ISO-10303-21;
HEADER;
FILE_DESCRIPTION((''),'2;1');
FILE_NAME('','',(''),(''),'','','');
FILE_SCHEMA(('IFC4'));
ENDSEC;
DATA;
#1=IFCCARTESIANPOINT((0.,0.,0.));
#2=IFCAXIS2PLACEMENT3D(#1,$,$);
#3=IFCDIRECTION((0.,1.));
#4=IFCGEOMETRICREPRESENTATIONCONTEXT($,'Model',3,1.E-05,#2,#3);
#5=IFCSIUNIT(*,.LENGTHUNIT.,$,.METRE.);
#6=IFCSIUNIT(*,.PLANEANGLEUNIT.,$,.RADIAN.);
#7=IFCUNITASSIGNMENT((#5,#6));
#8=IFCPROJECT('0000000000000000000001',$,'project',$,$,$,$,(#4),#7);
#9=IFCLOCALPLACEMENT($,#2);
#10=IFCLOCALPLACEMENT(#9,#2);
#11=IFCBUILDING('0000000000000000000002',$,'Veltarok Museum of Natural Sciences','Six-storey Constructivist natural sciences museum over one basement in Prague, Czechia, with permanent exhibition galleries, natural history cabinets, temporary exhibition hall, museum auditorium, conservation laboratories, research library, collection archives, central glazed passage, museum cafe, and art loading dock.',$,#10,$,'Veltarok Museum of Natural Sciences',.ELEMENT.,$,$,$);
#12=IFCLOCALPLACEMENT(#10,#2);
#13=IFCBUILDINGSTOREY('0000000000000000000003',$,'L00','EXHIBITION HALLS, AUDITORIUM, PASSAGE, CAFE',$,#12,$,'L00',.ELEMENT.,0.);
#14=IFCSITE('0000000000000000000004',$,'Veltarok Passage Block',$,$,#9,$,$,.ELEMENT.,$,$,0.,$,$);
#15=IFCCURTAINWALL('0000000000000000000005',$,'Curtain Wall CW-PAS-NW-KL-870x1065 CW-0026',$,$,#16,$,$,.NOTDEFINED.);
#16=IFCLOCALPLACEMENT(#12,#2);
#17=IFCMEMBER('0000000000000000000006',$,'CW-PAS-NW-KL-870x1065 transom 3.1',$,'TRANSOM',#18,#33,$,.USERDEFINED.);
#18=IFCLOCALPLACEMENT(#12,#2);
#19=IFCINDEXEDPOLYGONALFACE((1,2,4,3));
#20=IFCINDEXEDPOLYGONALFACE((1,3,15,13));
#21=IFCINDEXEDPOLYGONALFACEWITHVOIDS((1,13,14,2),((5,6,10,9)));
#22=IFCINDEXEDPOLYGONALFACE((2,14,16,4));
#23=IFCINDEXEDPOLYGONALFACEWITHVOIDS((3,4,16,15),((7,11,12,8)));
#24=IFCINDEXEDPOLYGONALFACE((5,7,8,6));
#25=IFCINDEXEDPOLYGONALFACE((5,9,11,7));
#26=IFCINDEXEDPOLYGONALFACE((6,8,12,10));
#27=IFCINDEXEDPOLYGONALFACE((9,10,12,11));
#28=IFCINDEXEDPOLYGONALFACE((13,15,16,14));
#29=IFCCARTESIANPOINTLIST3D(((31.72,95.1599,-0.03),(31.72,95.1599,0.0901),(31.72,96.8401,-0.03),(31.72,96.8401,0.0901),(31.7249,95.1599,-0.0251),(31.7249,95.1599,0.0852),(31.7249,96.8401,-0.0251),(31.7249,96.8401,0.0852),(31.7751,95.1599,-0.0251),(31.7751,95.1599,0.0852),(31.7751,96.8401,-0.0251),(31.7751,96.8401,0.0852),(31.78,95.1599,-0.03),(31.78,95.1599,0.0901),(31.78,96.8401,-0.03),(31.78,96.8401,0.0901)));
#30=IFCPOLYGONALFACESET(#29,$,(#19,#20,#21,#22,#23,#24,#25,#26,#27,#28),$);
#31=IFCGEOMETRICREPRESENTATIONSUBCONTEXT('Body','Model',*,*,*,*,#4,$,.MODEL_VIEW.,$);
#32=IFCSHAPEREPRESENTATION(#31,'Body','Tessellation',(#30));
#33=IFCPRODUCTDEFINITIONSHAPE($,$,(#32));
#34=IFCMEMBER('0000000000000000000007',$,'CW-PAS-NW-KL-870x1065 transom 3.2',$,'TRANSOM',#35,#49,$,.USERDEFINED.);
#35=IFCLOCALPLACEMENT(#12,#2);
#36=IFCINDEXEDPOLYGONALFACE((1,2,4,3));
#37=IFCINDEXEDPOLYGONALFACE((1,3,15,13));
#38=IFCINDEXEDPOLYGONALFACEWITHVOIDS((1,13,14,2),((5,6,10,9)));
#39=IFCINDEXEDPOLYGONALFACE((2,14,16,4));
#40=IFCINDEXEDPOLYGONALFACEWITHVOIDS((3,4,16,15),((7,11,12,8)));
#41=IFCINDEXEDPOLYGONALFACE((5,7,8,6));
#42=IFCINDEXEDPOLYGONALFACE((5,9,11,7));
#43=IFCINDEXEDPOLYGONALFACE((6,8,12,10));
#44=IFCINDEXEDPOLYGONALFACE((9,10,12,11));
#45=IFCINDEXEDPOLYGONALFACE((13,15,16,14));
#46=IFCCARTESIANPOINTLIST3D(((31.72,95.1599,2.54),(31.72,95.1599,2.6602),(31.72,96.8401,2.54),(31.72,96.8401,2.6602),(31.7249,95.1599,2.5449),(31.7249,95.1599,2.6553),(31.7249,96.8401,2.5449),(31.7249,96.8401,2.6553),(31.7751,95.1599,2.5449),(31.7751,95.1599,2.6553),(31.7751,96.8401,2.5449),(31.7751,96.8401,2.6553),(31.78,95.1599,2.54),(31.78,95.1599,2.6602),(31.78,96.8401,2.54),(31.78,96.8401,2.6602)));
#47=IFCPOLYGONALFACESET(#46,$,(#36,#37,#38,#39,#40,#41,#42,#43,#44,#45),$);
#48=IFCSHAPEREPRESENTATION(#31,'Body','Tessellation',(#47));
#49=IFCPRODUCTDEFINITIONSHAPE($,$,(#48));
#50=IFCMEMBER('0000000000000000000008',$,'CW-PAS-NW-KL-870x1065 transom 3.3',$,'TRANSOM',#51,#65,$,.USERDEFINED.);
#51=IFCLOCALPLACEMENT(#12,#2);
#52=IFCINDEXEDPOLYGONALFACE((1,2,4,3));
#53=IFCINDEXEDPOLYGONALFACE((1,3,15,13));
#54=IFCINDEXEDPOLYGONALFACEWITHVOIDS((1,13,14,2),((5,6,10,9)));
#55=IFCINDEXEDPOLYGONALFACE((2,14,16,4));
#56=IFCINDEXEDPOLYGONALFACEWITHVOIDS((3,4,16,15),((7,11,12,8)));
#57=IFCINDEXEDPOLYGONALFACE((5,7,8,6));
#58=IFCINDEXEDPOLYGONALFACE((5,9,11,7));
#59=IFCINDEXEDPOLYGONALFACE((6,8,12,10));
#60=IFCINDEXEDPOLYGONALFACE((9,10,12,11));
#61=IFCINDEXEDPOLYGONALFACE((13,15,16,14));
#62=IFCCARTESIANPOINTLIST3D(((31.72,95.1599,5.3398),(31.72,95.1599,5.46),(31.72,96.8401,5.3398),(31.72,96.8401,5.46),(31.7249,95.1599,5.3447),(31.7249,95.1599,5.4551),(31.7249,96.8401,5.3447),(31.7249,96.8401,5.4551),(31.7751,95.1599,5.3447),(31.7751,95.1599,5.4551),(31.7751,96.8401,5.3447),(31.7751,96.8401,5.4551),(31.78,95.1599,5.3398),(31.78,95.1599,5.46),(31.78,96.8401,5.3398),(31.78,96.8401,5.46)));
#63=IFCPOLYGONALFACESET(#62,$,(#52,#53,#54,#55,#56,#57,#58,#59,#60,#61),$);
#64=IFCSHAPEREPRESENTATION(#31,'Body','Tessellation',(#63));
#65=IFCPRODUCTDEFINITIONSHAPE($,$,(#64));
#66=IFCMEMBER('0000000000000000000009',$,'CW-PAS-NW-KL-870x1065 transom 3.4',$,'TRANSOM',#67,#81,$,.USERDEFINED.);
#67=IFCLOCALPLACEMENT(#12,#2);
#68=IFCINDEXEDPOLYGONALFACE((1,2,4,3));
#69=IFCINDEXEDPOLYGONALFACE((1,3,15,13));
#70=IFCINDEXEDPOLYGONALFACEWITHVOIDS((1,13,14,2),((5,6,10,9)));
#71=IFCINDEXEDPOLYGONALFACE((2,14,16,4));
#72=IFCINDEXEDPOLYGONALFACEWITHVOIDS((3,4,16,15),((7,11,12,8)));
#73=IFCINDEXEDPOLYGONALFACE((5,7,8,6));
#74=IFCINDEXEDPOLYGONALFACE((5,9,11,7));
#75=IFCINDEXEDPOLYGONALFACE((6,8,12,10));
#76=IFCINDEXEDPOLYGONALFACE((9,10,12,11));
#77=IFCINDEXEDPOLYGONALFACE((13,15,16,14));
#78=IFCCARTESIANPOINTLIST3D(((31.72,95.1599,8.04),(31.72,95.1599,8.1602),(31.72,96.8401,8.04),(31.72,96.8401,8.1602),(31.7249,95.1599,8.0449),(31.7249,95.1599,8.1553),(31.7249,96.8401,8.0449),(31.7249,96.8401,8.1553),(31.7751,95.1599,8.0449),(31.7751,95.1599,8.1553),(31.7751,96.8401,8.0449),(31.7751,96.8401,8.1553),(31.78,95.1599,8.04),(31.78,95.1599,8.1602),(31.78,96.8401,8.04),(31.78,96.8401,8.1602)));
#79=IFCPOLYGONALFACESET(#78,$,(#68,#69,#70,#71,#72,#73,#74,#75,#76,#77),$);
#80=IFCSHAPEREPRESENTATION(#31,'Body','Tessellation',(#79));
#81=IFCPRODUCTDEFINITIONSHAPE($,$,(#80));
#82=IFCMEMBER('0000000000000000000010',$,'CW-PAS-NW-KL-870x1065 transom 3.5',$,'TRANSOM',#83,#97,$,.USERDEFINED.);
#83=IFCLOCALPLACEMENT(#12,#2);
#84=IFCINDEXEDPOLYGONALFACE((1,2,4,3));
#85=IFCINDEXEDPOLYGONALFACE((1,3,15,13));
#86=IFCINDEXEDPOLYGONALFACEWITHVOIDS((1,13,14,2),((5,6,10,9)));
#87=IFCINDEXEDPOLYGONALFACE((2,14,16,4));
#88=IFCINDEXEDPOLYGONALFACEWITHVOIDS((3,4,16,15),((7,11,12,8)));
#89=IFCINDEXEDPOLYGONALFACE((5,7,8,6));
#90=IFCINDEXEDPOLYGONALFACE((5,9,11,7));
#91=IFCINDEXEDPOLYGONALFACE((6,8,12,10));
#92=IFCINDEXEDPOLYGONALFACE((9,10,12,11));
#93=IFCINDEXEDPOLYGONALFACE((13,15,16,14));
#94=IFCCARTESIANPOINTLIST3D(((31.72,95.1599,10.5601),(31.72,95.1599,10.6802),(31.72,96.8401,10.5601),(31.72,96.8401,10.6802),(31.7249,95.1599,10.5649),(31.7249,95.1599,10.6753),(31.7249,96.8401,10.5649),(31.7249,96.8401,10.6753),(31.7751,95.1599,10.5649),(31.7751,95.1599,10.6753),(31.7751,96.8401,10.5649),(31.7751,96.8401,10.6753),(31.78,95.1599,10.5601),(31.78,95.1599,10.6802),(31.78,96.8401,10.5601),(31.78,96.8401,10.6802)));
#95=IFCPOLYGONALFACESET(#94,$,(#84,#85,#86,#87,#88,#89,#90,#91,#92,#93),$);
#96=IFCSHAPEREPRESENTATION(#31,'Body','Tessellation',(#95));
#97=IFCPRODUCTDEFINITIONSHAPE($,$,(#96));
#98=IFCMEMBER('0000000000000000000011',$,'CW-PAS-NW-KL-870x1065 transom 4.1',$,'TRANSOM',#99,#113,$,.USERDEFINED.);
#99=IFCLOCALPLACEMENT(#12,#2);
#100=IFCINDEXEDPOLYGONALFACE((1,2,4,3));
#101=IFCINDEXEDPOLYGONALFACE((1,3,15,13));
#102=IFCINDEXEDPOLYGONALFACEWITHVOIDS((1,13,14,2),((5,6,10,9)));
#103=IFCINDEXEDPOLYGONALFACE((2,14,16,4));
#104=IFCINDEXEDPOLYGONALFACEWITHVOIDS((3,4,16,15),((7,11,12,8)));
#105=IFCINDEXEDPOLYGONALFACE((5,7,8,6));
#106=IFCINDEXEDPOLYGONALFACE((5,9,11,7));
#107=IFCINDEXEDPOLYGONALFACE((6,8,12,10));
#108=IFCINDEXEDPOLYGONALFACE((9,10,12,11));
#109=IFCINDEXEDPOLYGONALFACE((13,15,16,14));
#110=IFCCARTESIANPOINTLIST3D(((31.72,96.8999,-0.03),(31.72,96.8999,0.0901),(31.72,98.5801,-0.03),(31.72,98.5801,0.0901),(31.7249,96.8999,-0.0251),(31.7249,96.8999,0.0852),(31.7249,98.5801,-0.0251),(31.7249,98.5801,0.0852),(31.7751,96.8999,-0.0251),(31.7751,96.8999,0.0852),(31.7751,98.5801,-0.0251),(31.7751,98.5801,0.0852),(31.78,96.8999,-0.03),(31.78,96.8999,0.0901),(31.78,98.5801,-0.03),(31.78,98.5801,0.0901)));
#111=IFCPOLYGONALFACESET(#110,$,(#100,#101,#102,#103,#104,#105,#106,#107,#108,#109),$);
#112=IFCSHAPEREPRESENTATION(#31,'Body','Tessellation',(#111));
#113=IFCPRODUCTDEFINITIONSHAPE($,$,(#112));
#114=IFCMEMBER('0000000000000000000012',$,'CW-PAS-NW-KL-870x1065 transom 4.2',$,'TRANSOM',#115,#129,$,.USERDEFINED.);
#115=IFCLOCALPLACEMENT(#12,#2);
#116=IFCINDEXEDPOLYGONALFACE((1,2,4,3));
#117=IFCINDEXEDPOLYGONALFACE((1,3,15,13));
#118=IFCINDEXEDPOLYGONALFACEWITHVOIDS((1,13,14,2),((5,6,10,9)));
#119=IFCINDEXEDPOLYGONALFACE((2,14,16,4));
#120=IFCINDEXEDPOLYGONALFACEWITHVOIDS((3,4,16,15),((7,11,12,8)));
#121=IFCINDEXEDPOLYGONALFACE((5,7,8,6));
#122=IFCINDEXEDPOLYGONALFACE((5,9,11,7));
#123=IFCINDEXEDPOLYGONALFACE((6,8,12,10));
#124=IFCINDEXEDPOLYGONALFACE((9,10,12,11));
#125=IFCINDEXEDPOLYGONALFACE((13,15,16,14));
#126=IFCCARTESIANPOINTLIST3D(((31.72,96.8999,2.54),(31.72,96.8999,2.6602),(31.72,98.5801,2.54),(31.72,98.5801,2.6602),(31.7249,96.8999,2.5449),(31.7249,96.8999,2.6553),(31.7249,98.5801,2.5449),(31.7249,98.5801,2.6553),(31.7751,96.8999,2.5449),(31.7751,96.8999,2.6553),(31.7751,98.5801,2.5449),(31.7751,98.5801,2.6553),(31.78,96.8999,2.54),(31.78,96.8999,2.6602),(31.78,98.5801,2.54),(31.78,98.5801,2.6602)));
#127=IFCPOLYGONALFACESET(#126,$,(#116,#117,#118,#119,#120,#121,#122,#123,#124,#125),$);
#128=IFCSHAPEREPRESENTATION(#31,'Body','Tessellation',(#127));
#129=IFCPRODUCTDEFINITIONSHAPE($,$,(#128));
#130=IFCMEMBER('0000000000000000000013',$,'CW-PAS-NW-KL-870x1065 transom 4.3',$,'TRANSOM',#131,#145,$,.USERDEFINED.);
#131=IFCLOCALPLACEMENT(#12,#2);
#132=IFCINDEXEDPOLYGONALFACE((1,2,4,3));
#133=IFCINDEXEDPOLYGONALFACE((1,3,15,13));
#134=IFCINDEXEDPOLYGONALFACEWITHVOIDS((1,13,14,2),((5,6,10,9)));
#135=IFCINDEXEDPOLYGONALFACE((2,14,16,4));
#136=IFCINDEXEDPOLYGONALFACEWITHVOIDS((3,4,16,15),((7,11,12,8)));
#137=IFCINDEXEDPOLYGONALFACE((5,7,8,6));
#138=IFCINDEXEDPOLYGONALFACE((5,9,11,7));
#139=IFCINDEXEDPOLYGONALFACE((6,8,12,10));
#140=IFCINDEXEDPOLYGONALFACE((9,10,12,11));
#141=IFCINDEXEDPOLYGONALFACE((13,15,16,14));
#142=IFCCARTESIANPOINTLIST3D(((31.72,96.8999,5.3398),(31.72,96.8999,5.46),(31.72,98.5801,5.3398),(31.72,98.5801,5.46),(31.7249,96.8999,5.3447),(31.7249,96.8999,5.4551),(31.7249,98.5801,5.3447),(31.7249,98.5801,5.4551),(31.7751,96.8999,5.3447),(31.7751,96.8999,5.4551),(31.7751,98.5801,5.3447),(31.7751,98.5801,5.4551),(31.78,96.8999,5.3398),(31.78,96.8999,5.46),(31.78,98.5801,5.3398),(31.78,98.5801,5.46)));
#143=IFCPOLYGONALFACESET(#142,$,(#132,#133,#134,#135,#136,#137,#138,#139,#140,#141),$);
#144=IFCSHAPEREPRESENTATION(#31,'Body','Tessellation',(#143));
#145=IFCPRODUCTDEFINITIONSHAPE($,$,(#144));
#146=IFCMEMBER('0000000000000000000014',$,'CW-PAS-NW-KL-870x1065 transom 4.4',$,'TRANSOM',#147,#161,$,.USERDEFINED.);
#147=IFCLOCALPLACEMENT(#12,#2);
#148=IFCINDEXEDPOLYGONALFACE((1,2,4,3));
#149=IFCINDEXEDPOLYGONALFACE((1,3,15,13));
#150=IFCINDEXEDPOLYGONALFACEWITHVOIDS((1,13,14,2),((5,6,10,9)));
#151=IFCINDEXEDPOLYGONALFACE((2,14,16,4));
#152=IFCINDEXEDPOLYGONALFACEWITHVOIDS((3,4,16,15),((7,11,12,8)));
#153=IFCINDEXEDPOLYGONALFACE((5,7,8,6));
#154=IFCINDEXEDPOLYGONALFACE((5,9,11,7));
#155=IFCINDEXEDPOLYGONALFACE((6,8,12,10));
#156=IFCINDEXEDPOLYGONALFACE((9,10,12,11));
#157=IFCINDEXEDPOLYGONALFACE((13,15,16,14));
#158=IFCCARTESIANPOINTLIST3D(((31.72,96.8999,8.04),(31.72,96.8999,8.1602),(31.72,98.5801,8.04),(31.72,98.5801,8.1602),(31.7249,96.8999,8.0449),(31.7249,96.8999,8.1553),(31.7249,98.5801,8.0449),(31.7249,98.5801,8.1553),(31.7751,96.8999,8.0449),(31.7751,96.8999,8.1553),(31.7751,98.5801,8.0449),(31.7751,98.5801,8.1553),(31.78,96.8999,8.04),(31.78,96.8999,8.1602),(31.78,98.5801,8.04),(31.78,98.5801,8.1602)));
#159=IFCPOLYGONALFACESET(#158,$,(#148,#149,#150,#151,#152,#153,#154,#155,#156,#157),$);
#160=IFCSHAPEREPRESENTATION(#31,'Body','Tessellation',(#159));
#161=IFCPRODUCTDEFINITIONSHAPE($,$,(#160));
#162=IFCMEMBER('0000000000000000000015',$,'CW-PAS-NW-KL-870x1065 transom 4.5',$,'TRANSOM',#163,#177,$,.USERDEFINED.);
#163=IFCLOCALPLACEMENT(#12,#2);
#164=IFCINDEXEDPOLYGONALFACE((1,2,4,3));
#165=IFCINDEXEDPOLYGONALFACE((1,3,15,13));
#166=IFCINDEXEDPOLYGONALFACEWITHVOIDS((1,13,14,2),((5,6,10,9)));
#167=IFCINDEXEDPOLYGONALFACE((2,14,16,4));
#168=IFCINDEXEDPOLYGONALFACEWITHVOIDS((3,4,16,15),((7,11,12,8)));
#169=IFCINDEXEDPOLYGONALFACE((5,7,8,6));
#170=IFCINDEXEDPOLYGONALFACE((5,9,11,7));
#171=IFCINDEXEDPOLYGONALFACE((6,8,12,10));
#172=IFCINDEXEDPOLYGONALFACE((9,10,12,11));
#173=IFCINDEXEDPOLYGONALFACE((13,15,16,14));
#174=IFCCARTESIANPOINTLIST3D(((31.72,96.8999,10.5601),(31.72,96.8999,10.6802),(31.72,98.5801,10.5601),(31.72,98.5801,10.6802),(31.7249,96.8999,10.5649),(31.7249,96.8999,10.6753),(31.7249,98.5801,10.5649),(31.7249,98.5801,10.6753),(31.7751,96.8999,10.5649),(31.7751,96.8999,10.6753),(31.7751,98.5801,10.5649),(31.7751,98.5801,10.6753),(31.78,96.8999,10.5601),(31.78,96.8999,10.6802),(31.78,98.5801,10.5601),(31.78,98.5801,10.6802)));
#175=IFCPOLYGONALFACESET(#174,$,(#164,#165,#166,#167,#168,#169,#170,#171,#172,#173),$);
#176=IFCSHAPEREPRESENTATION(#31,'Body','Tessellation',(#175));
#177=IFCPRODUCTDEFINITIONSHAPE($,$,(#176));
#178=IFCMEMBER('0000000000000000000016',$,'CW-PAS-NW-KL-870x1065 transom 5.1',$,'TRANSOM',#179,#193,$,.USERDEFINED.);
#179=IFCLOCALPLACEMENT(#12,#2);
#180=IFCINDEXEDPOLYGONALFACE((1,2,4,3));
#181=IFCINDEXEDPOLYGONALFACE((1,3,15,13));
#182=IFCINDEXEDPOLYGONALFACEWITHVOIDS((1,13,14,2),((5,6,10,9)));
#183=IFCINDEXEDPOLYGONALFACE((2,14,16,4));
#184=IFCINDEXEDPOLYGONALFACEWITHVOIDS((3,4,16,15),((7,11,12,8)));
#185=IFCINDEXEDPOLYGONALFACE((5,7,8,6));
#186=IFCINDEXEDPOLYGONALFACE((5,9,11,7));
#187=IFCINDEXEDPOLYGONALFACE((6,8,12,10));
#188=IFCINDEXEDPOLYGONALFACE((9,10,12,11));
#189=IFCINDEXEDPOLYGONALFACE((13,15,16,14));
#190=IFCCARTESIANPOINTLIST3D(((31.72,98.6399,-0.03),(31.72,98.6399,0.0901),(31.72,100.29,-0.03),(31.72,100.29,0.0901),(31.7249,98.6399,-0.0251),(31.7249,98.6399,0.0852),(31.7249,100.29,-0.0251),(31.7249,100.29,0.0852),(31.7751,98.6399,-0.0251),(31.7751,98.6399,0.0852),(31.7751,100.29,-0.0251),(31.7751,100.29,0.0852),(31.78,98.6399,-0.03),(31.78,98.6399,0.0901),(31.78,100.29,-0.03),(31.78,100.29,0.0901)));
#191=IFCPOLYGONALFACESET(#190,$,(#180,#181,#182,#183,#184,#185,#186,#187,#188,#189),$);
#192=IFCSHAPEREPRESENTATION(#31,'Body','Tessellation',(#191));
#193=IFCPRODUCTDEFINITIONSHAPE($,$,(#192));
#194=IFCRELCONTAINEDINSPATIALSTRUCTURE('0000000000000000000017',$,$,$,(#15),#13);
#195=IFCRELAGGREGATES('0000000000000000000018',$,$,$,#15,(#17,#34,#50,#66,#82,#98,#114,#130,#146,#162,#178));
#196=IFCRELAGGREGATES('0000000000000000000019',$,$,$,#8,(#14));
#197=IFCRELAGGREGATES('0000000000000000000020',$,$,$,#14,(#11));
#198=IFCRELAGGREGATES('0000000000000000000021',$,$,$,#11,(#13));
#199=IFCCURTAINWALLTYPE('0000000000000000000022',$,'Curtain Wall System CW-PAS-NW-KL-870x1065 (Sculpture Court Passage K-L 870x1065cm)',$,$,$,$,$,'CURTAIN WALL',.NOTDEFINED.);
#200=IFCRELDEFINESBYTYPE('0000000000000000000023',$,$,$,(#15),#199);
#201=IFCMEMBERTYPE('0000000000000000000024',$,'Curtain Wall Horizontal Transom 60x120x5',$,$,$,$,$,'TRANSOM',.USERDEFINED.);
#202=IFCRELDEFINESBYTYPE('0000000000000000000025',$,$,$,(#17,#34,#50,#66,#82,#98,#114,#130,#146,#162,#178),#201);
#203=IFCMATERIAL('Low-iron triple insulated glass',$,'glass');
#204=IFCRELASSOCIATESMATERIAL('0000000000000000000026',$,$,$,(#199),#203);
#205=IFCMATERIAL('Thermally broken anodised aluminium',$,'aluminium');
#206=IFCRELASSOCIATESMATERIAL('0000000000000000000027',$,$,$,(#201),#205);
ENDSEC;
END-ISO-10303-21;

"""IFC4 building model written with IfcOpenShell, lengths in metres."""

from ifc_helpers import new_model, si_unit, direction, frame, origin, origin_2d, place, context, subcontext, project, spatial, hollow_rectangle, extrude, material, material_profile, profile_set, type_object, element, aggregate, save


model = new_model("IFC4")

# Units and contexts
model_context = context("Model", 3, precision=1e-05, world=origin(), true_north=direction((0.0, 1.0)))
body_context = subcontext(model_context, "Body", "Model", "MODEL_VIEW")
ifc_project = project(units=[si_unit("LENGTHUNIT", "METRE"), si_unit("PLANEANGLEUNIT", "RADIAN")], contexts=[model_context])

# Site, building, storey
site_placement = place(None, origin())
site = spatial("IfcSite", under=ifc_project, at=site_placement, Name="Veltarok Passage Block", CompositionType="ELEMENT", RefElevation=0.0)
building_placement = place(site_placement, origin())
building = spatial("IfcBuilding", under=site, at=building_placement, Name="Veltarok Museum of Natural Sciences", Description="Six-storey Constructivist natural sciences museum over one basement in Prague, Czechia, with permanent exhibition galleries, natural history cabinets, temporary exhibition hall, museum auditorium, conservation laboratories, research library, collection archives, central glazed passage, museum cafe, and art loading dock.", LongName="Veltarok Museum of Natural Sciences", CompositionType="ELEMENT")
storey_placement = place(building_placement, origin())
storey = spatial("IfcBuildingStorey", under=building, at=storey_placement, Name="L00", Description="EXHIBITION HALLS, AUDITORIUM, PASSAGE, CAFE", LongName="L00", CompositionType="ELEMENT", Elevation=0.0)

# Curtain wall, members
ifc_material_1 = material(Name="Low-iron triple insulated glass", Category="glass")
curtain_wall_type_1 = type_object("IfcCurtainWallType", Name="Curtain Wall System CW-PAS-NW-KL-870x1065 (Sculpture Court Passage K-L 870x1065cm)", ElementType="CURTAIN WALL", PredefinedType="NOTDEFINED", material=ifc_material_1)
curtain_wall_1_placement = place(storey_placement, origin())
curtain_wall_1 = element("IfcCurtainWall", 1, at=curtain_wall_1_placement, inside=storey, type_object=curtain_wall_type_1, Name="Curtain Wall CW-PAS-NW-KL-870x1065 CW-0026", PredefinedType="NOTDEFINED")
ifc_material_2 = material(Name="Thermally broken anodised aluminium", Category="aluminium")
ifc_material_profile_1 = material_profile(ifc_material_2, hollow_rectangle(XDim=0.0601, YDim=0.1201, WallThickness=0.0049, at=origin_2d()), Name="CW TRANSOM 60x120x5")
ifc_profile_set_1 = profile_set([ifc_material_profile_1], Name="Thermally broken anodised aluminium")
member_type_1 = type_object("IfcMemberType", Name="Curtain Wall Horizontal Transom 60x120x5", ElementType="TRANSOM", PredefinedType="USERDEFINED", material=ifc_profile_set_1)
member_1_placement = place(storey_placement, frame((31.75, 95.1599, 0.03), z_axis=(0.0, 1.0, 0.0), x_axis=(-1.0, 0.0, 0.0)))
member_1 = element("IfcMember", 2, at=member_1_placement, type_object=member_type_1, Name="CW-PAS-NW-KL-870x1065 transom 3.1", ObjectType="TRANSOM", PredefinedType="USERDEFINED", context=body_context, shape_type="SweptSolid", body=[
    extrude(hollow_rectangle(XDim=0.0601, YDim=0.1201, WallThickness=0.0049, at=origin_2d()), origin(), (0.0, 0.0, 1.0), 1.6802),
])
member_2_placement = place(storey_placement, frame((31.75, 95.1599, 2.6001), z_axis=(0.0, 1.0, 0.0), x_axis=(-1.0, 0.0, 0.0)))
member_2 = element("IfcMember", 3, at=member_2_placement, type_object=member_type_1, Name="CW-PAS-NW-KL-870x1065 transom 3.2", ObjectType="TRANSOM", PredefinedType="USERDEFINED", context=body_context, shape_type="SweptSolid", body=[
    extrude(hollow_rectangle(XDim=0.0601, YDim=0.1201, WallThickness=0.0049, at=origin_2d()), origin(), (0.0, 0.0, 1.0), 1.6802),
])
member_3_placement = place(storey_placement, frame((31.75, 95.1599, 5.3999), z_axis=(0.0, 1.0, 0.0), x_axis=(-1.0, 0.0, 0.0)))
member_3 = element("IfcMember", 4, at=member_3_placement, type_object=member_type_1, Name="CW-PAS-NW-KL-870x1065 transom 3.3", ObjectType="TRANSOM", PredefinedType="USERDEFINED", context=body_context, shape_type="SweptSolid", body=[
    extrude(hollow_rectangle(XDim=0.0601, YDim=0.1201, WallThickness=0.0049, at=origin_2d()), origin(), (0.0, 0.0, 1.0), 1.6802),
])
member_4_placement = place(storey_placement, frame((31.75, 95.1599, 8.1001), z_axis=(0.0, 1.0, 0.0), x_axis=(-1.0, 0.0, 0.0)))
member_4 = element("IfcMember", 5, at=member_4_placement, type_object=member_type_1, Name="CW-PAS-NW-KL-870x1065 transom 3.4", ObjectType="TRANSOM", PredefinedType="USERDEFINED", context=body_context, shape_type="SweptSolid", body=[
    extrude(hollow_rectangle(XDim=0.0601, YDim=0.1201, WallThickness=0.0049, at=origin_2d()), origin(), (0.0, 0.0, 1.0), 1.6802),
])
member_5_placement = place(storey_placement, frame((31.75, 95.1599, 10.6201), z_axis=(0.0, 1.0, 0.0), x_axis=(-1.0, 0.0, 0.0)))
member_5 = element("IfcMember", 6, at=member_5_placement, type_object=member_type_1, Name="CW-PAS-NW-KL-870x1065 transom 3.5", ObjectType="TRANSOM", PredefinedType="USERDEFINED", context=body_context, shape_type="SweptSolid", body=[
    extrude(hollow_rectangle(XDim=0.0601, YDim=0.1201, WallThickness=0.0049, at=origin_2d()), origin(), (0.0, 0.0, 1.0), 1.6802),
])
member_6_placement = place(storey_placement, frame((31.75, 96.8999, 0.03), z_axis=(0.0, 1.0, 0.0), x_axis=(-1.0, 0.0, 0.0)))
member_6 = element("IfcMember", 7, at=member_6_placement, type_object=member_type_1, Name="CW-PAS-NW-KL-870x1065 transom 4.1", ObjectType="TRANSOM", PredefinedType="USERDEFINED", context=body_context, shape_type="SweptSolid", body=[
    extrude(hollow_rectangle(XDim=0.0601, YDim=0.1201, WallThickness=0.0049, at=origin_2d()), origin(), (0.0, 0.0, 1.0), 1.6802),
])
member_7_placement = place(storey_placement, frame((31.75, 96.8999, 2.6001), z_axis=(0.0, 1.0, 0.0), x_axis=(-1.0, 0.0, 0.0)))
member_7 = element("IfcMember", 8, at=member_7_placement, type_object=member_type_1, Name="CW-PAS-NW-KL-870x1065 transom 4.2", ObjectType="TRANSOM", PredefinedType="USERDEFINED", context=body_context, shape_type="SweptSolid", body=[
    extrude(hollow_rectangle(XDim=0.0601, YDim=0.1201, WallThickness=0.0049, at=origin_2d()), origin(), (0.0, 0.0, 1.0), 1.6802),
])
member_8_placement = place(storey_placement, frame((31.75, 96.8999, 5.3999), z_axis=(0.0, 1.0, 0.0), x_axis=(-1.0, 0.0, 0.0)))
member_8 = element("IfcMember", 9, at=member_8_placement, type_object=member_type_1, Name="CW-PAS-NW-KL-870x1065 transom 4.3", ObjectType="TRANSOM", PredefinedType="USERDEFINED", context=body_context, shape_type="SweptSolid", body=[
    extrude(hollow_rectangle(XDim=0.0601, YDim=0.1201, WallThickness=0.0049, at=origin_2d()), origin(), (0.0, 0.0, 1.0), 1.6802),
])
member_9_placement = place(storey_placement, frame((31.75, 96.8999, 8.1001), z_axis=(0.0, 1.0, 0.0), x_axis=(-1.0, 0.0, 0.0)))
member_9 = element("IfcMember", 10, at=member_9_placement, type_object=member_type_1, Name="CW-PAS-NW-KL-870x1065 transom 4.4", ObjectType="TRANSOM", PredefinedType="USERDEFINED", context=body_context, shape_type="SweptSolid", body=[
    extrude(hollow_rectangle(XDim=0.0601, YDim=0.1201, WallThickness=0.0049, at=origin_2d()), origin(), (0.0, 0.0, 1.0), 1.6802),
])
member_10_placement = place(storey_placement, frame((31.75, 96.8999, 10.6201), z_axis=(0.0, 1.0, 0.0), x_axis=(-1.0, 0.0, 0.0)))
member_10 = element("IfcMember", 11, at=member_10_placement, type_object=member_type_1, Name="CW-PAS-NW-KL-870x1065 transom 4.5", ObjectType="TRANSOM", PredefinedType="USERDEFINED", context=body_context, shape_type="SweptSolid", body=[
    extrude(hollow_rectangle(XDim=0.0601, YDim=0.1201, WallThickness=0.0049, at=origin_2d()), origin(), (0.0, 0.0, 1.0), 1.6802),
])
member_11_placement = place(storey_placement, frame((31.75, 98.6399, 0.03), z_axis=(0.0, 1.0, 0.0), x_axis=(-1.0, 0.0, 0.0)))
member_11 = element("IfcMember", 12, at=member_11_placement, type_object=member_type_1, Name="CW-PAS-NW-KL-870x1065 transom 5.1", ObjectType="TRANSOM", PredefinedType="USERDEFINED", context=body_context, shape_type="SweptSolid", body=[
    extrude(hollow_rectangle(XDim=0.0601, YDim=0.1201, WallThickness=0.0049, at=origin_2d()), origin(), (0.0, 0.0, 1.0), 1.6501),
])

aggregate(curtain_wall_1, [member_1, member_2, member_3, member_4, member_5, member_6, member_7, member_8, member_9, member_10, member_11])

save(model, "model.ifc")
